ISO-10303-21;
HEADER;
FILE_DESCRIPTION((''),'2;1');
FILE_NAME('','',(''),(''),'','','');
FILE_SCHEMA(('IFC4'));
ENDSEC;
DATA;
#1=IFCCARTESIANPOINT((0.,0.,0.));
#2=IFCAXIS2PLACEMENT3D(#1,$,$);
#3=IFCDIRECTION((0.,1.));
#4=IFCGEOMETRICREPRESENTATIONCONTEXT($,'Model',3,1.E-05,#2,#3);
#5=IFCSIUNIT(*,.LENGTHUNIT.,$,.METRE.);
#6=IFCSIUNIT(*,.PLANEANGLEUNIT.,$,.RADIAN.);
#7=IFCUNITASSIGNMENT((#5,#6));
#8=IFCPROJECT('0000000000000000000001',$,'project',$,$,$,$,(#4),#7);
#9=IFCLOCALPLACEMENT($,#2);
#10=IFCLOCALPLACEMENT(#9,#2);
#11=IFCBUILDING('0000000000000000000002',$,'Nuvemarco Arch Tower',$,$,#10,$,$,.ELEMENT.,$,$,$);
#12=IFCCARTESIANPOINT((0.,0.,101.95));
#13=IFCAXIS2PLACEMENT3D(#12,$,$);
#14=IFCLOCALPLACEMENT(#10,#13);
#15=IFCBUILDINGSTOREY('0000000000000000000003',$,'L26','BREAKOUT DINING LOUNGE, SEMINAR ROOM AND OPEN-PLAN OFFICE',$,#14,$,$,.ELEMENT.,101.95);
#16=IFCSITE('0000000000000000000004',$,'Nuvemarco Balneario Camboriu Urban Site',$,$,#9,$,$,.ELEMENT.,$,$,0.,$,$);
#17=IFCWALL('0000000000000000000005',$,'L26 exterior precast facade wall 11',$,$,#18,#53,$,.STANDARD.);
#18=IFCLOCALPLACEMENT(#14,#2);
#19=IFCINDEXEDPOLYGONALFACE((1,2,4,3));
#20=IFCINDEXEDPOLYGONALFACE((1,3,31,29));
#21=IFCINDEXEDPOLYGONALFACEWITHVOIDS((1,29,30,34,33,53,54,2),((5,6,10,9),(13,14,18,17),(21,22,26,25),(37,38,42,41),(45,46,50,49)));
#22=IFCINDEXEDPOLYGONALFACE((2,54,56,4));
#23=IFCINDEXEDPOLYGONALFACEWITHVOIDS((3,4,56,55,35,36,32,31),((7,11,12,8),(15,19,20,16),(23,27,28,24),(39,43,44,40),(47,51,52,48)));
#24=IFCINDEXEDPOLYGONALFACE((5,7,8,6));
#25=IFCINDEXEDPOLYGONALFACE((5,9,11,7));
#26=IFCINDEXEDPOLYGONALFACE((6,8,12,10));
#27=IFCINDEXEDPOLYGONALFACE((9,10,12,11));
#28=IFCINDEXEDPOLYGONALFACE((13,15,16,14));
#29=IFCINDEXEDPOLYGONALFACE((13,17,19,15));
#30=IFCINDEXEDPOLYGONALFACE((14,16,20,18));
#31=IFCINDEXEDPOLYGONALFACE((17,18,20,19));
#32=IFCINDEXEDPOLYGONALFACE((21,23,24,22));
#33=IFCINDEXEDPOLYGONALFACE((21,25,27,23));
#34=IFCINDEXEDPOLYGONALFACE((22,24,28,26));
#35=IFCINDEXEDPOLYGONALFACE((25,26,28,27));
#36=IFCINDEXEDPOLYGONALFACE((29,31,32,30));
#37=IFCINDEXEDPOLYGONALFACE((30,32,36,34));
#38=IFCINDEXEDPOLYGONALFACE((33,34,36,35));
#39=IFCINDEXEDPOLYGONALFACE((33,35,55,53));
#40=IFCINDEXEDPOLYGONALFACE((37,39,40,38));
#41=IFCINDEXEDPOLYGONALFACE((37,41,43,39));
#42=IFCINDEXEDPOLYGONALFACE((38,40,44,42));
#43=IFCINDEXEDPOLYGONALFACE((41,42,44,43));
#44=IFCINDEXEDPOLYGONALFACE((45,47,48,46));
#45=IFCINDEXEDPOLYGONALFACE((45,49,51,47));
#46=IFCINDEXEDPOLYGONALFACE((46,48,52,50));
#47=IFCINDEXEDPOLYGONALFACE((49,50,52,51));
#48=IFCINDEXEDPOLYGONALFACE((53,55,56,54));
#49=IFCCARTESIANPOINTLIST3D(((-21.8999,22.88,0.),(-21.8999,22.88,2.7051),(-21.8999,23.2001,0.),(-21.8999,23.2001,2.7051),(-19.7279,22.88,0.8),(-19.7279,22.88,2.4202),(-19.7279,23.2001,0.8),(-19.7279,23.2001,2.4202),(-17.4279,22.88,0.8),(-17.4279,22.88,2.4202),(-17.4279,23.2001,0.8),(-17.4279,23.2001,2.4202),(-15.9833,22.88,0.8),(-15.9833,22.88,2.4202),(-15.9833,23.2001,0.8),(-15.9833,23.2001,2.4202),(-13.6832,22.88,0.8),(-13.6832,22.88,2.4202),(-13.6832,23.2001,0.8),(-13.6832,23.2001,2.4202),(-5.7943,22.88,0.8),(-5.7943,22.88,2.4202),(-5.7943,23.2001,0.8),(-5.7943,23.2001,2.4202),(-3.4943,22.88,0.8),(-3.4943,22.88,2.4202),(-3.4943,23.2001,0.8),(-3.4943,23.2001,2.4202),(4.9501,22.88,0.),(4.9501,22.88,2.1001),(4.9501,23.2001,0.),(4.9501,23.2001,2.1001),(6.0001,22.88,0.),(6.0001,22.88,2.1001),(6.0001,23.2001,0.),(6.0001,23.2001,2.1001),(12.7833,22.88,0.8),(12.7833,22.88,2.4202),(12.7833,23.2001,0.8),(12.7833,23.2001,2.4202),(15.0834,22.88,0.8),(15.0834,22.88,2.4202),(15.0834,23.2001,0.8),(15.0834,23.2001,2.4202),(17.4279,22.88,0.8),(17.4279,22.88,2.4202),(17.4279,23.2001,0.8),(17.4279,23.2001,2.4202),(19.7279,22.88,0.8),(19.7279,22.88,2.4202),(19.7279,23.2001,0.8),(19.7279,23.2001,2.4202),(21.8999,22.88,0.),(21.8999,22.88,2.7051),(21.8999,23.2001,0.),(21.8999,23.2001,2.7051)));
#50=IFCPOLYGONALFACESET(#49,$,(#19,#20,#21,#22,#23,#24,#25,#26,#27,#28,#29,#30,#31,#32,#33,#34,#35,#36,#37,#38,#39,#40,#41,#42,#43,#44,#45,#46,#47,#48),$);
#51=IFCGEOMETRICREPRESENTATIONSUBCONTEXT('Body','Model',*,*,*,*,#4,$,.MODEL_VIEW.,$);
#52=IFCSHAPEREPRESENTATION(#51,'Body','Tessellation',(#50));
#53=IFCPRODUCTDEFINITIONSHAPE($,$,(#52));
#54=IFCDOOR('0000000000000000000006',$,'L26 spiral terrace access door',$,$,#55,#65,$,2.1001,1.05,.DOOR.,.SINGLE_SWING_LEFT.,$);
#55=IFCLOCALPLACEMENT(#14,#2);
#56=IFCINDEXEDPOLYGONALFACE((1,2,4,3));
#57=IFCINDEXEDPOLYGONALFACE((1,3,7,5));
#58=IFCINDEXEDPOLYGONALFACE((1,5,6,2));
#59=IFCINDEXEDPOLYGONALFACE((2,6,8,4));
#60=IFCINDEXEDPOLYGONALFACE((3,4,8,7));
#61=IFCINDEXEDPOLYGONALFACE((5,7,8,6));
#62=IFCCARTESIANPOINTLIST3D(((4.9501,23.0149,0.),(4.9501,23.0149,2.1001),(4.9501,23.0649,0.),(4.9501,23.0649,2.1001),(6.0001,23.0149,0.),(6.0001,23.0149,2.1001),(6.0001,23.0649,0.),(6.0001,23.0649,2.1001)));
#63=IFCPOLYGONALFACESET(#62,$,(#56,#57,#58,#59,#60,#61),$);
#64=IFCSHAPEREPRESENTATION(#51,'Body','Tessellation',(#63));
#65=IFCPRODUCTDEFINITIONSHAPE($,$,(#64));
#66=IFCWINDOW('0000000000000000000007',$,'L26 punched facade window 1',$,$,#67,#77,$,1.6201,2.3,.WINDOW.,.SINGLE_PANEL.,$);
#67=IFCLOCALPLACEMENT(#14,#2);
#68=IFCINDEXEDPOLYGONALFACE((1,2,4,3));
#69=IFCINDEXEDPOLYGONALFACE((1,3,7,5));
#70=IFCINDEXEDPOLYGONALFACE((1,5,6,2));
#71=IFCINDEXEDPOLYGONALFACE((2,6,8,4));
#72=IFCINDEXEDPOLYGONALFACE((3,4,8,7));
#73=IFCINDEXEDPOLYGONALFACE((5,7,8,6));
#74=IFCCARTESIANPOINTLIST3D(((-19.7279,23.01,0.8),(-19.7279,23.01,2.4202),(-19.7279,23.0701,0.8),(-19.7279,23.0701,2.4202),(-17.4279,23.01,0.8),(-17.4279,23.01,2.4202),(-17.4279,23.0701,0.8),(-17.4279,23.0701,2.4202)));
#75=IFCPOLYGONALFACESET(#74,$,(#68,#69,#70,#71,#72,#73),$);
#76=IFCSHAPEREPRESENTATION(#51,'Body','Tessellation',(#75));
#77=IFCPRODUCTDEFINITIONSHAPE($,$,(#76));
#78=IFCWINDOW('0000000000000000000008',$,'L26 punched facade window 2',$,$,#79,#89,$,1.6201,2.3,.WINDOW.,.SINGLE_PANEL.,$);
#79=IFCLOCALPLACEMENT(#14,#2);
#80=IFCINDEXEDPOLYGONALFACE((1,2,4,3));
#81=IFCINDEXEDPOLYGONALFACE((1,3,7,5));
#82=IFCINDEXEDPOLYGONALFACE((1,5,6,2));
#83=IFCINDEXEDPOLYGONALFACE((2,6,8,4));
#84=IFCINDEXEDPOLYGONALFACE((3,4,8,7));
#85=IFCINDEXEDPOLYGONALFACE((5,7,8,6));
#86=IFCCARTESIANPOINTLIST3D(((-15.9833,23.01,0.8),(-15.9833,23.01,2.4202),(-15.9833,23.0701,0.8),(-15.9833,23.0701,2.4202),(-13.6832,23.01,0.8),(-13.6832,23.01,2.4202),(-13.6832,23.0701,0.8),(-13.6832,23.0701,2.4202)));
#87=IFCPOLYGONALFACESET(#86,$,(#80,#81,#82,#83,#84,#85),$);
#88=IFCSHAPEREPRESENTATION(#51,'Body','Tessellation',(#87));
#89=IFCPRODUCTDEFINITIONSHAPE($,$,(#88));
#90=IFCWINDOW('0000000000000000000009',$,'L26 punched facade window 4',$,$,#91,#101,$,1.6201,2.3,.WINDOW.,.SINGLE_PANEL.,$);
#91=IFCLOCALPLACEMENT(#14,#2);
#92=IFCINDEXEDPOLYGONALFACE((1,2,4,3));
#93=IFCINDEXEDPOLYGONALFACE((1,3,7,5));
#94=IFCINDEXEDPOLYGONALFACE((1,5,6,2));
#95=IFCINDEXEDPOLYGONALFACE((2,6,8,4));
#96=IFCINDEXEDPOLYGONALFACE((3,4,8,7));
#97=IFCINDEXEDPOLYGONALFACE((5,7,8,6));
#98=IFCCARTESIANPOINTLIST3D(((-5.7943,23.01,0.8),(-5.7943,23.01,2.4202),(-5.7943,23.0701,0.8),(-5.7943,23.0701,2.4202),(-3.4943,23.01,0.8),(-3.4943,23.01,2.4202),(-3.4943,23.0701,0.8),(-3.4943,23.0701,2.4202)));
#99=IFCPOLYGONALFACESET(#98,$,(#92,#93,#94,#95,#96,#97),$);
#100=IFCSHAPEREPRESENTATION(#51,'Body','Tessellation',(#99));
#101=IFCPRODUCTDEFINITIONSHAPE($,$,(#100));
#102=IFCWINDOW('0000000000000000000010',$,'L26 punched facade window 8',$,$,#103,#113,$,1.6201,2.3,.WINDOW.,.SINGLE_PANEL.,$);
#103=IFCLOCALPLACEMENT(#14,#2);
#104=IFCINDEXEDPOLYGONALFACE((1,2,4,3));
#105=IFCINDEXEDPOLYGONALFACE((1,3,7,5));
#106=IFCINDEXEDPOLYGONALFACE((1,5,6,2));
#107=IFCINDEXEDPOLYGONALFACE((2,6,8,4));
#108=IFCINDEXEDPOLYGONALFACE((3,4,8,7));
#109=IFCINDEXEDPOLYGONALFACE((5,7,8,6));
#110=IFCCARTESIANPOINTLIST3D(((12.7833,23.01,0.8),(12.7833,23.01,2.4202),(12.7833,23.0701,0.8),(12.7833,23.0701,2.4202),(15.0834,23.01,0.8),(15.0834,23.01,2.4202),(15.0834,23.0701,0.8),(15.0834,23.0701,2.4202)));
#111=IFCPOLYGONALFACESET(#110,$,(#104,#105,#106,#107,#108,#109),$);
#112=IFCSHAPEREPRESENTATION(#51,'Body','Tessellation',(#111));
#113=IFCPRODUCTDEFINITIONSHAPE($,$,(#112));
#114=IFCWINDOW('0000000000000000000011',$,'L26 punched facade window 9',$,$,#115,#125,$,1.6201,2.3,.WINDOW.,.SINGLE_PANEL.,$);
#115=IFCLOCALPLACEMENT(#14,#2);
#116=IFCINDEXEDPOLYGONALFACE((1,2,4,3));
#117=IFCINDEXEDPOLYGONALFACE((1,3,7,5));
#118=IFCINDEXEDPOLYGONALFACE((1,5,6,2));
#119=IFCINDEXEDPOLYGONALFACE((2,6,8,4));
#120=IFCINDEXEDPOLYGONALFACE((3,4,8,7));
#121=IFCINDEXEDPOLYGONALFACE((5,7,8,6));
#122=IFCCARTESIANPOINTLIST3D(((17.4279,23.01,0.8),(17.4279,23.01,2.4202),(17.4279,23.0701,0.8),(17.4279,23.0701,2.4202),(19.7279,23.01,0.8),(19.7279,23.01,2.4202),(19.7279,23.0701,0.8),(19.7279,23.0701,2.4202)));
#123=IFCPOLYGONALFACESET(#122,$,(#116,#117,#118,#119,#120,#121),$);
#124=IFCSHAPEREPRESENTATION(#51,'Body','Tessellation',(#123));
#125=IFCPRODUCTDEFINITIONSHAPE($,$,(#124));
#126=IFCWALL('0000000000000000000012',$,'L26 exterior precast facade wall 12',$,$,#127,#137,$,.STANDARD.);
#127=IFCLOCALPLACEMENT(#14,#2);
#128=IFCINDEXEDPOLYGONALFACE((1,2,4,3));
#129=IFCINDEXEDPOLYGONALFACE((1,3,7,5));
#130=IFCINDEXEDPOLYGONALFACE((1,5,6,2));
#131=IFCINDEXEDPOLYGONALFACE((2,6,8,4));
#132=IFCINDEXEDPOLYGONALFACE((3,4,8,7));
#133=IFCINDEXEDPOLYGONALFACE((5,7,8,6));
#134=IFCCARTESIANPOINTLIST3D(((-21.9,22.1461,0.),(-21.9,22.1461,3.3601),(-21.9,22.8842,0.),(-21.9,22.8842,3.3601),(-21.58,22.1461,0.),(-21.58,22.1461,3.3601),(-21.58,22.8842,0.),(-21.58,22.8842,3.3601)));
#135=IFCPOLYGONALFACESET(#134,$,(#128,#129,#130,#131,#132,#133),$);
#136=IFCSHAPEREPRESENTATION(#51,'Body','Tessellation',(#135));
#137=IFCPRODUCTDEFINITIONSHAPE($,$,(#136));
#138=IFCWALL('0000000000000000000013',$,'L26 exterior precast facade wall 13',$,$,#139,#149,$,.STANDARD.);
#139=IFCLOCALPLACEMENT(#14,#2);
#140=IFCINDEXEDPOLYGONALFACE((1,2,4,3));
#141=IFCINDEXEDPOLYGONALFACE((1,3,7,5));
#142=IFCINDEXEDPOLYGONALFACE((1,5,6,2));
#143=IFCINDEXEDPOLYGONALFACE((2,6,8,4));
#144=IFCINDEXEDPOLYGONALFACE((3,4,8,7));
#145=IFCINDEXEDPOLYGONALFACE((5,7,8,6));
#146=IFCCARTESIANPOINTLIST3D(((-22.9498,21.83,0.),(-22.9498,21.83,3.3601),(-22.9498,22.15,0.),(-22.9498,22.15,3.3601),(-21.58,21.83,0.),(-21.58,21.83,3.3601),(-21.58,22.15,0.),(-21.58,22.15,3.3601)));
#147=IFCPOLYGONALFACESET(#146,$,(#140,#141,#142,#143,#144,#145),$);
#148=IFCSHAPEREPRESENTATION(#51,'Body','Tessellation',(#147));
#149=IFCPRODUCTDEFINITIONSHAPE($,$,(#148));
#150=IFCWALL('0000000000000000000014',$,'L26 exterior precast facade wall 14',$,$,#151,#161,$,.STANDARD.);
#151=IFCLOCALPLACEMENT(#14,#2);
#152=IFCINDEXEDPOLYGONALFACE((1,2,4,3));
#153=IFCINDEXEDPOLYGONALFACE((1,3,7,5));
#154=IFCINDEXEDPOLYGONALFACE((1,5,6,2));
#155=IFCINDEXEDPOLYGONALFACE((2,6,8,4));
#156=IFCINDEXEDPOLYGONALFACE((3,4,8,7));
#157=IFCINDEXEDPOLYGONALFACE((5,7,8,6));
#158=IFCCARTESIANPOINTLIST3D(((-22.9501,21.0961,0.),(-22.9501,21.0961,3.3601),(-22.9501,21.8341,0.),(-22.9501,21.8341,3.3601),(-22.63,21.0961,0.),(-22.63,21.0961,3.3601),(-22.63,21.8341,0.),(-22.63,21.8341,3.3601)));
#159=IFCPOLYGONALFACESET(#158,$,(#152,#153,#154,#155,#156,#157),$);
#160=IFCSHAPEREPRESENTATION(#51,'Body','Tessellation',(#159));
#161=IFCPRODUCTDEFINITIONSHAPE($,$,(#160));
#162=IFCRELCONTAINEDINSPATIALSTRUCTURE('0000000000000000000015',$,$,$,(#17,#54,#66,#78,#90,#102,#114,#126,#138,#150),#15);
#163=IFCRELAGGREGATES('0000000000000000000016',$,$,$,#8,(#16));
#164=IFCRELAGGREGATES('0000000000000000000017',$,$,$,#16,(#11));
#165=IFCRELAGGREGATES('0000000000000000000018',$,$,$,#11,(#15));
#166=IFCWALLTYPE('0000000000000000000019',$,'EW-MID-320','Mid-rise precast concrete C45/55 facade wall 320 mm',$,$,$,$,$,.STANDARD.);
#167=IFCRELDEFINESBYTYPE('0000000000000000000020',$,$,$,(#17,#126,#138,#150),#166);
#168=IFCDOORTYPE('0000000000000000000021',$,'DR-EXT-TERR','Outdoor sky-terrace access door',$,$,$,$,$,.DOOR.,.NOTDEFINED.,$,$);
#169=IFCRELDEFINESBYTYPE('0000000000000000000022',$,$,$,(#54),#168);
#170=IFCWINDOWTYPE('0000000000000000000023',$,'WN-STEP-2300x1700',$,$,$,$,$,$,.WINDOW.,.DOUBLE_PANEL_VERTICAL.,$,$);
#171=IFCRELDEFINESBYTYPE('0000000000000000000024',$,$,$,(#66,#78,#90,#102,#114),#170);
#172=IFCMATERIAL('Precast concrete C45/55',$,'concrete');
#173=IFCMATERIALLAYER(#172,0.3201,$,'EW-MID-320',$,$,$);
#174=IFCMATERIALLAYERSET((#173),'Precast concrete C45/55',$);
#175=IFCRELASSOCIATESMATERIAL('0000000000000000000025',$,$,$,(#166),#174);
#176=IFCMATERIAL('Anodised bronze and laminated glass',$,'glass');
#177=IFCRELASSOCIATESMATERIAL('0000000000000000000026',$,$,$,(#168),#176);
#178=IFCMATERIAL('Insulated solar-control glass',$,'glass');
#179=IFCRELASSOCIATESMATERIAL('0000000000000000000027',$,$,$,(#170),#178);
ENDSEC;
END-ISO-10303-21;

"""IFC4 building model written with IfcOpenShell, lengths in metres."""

from ifc_helpers import new_model, si_unit, direction, frame, frame_2d, origin, place, context, subcontext, project, spatial, rectangle, extrude, source, transform, mapped, material, layer, layer_set, type_object, type_shapes, element, fill, save


model = new_model("IFC4")

# Units and contexts
model_context = context("Model", 3, precision=1e-05, world=origin(), true_north=direction((0.0, 1.0)))
body_context = subcontext(model_context, "Body", "Model", "MODEL_VIEW")
ifc_project = project(units=[si_unit("LENGTHUNIT", "METRE"), si_unit("PLANEANGLEUNIT", "RADIAN")], contexts=[model_context])

# Site, building, storey
site_placement = place(None, origin())
site = spatial("IfcSite", under=ifc_project, at=site_placement, Name="Nuvemarco Balneario Camboriu Urban Site", CompositionType="ELEMENT", RefElevation=0.0)
building_placement = place(site_placement, origin())
building = spatial("IfcBuilding", under=site, at=building_placement, Name="Nuvemarco Arch Tower", CompositionType="ELEMENT")
storey_placement = place(building_placement, frame((0.0, 0.0, 101.95)))
storey = spatial("IfcBuildingStorey", under=building, at=storey_placement, Name="L26", Description="BREAKOUT DINING LOUNGE, SEMINAR ROOM AND OPEN-PLAN OFFICE", CompositionType="ELEMENT", Elevation=101.95)

# Wall, openings, door, windows
ifc_material_1 = material(Name="Precast concrete C45/55", Category="concrete")
ifc_layer = layer(ifc_material_1, 0.3201, Name="EW-MID-320")
ifc_layer_set = layer_set([ifc_layer], Name="Precast concrete C45/55")
wall_type = type_object("IfcWallType", Name="EW-MID-320", Description="Mid-rise precast concrete C45/55 facade wall 320 mm", PredefinedType="STANDARD", material=ifc_layer_set)
wall_1_placement = place(storey_placement, frame((-21.8999, 23.04, 0.0), z_axis=(0.0, 0.0, 1.0), x_axis=(1.0, 0.0, 0.0)))
wall_1 = element("IfcWall", 1, at=wall_1_placement, inside=storey, type_object=wall_type, Name="L26 exterior precast facade wall 11", PredefinedType="STANDARD", context=body_context, shape_type="SweptSolid", body=[
    extrude(rectangle(XDim=43.7998, YDim=0.3201, at=frame_2d((21.8999, 0.0))), origin(), (0.0, 0.0, 1.0), 2.7051),
])
opening_1_placement = place(wall_1_placement, frame((26.8501, 0.0, 0.0)))
opening_1 = element("IfcOpeningElement", 2, at=opening_1_placement, cuts=wall_1, PredefinedType="OPENING", context=body_context, shape_type="SweptSolid", body=[
    extrude(rectangle(XDim=1.05, YDim=2.1001, at=frame_2d((0.5249, 1.05))), frame((0.0, 0.1699, 0.0), z_axis=(0.0, -1.0, 0.0), x_axis=(1.0, 0.0, 0.0)), (0.0, 0.0, 1.0), 0.3401),
])
opening_2_placement = place(wall_1_placement, frame((2.1721, 0.0, 0.8)))
opening_2 = element("IfcOpeningElement", 3, at=opening_2_placement, cuts=wall_1, PredefinedType="OPENING", context=body_context, shape_type="SweptSolid", body=[
    extrude(rectangle(XDim=2.3, YDim=1.6201, at=frame_2d((1.1499, 0.8101))), frame((0.0, 0.1699, 0.0), z_axis=(0.0, -1.0, 0.0), x_axis=(1.0, 0.0, 0.0)), (0.0, 0.0, 1.0), 0.3401),
])
opening_3_placement = place(wall_1_placement, frame((5.9167, 0.0, 0.8)))
opening_3 = element("IfcOpeningElement", 4, at=opening_3_placement, cuts=wall_1, PredefinedType="OPENING", context=body_context, shape_type="SweptSolid", body=[
    extrude(rectangle(XDim=2.3, YDim=1.6201, at=frame_2d((1.1499, 0.8101))), frame((0.0, 0.1699, 0.0), z_axis=(0.0, -1.0, 0.0), x_axis=(1.0, 0.0, 0.0)), (0.0, 0.0, 1.0), 0.3401),
])
opening_4_placement = place(wall_1_placement, frame((16.1057, 0.0, 0.8)))
opening_4 = element("IfcOpeningElement", 5, at=opening_4_placement, cuts=wall_1, PredefinedType="OPENING", context=body_context, shape_type="SweptSolid", body=[
    extrude(rectangle(XDim=2.3, YDim=1.6201, at=frame_2d((1.1499, 0.8101))), frame((0.0, 0.1699, 0.0), z_axis=(0.0, -1.0, 0.0), x_axis=(1.0, 0.0, 0.0)), (0.0, 0.0, 1.0), 0.3401),
])
opening_5_placement = place(wall_1_placement, frame((34.6833, 0.0, 0.8)))
opening_5 = element("IfcOpeningElement", 6, at=opening_5_placement, cuts=wall_1, PredefinedType="OPENING", context=body_context, shape_type="SweptSolid", body=[
    extrude(rectangle(XDim=2.3, YDim=1.6201, at=frame_2d((1.1499, 0.8101))), frame((0.0, 0.1699, 0.0), z_axis=(0.0, -1.0, 0.0), x_axis=(1.0, 0.0, 0.0)), (0.0, 0.0, 1.0), 0.3401),
])
opening_6_placement = place(wall_1_placement, frame((39.3279, 0.0, 0.8)))
opening_6 = element("IfcOpeningElement", 7, at=opening_6_placement, cuts=wall_1, PredefinedType="OPENING", context=body_context, shape_type="SweptSolid", body=[
    extrude(rectangle(XDim=2.3, YDim=1.6201, at=frame_2d((1.1499, 0.8101))), frame((0.0, 0.1699, 0.0), z_axis=(0.0, -1.0, 0.0), x_axis=(1.0, 0.0, 0.0)), (0.0, 0.0, 1.0), 0.3401),
])
ifc_material_2 = material(Name="Anodised bronze and laminated glass", Category="glass")
door_type = type_object("IfcDoorType", Name="DR-EXT-TERR", Description="Outdoor sky-terrace access door", OperationType="NOTDEFINED", PredefinedType="DOOR", material=ifc_material_2)
shared_shape_1 = source(origin(), body_context, "Body", "SweptSolid", [
    extrude(rectangle(XDim=1.05, YDim=2.1001, at=frame_2d((0.5249, 1.05))), frame((0.0, 0.0249, 0.0), z_axis=(0.0, -1.0, 0.0), x_axis=(1.0, 0.0, 0.0)), (0.0, 0.0, 1.0), 0.05),
])
type_shapes(door_type, [shared_shape_1])
door_placement = place(opening_1_placement, origin())
door = element("IfcDoor", 8, at=door_placement, inside=storey, type_object=door_type, Name="L26 spiral terrace access door", OperationType="SINGLE_SWING_LEFT", OverallHeight=2.1001, OverallWidth=1.05, PredefinedType="DOOR", context=body_context, shape_type="MappedRepresentation", body=[
    mapped(shared_shape_1, transform((0.0, 0.0, 0.0), scale=1.0)),
])
fill(opening_1, door)
ifc_material_3 = material(Name="Insulated solar-control glass", Category="glass")
window_type = type_object("IfcWindowType", Name="WN-STEP-2300x1700", PartitioningType="DOUBLE_PANEL_VERTICAL", PredefinedType="WINDOW", material=ifc_material_3)
shared_shape_2 = source(origin(), body_context, "Body", "SweptSolid", [
    extrude(rectangle(XDim=2.3, YDim=1.6201, at=frame_2d((1.1499, 0.8101))), frame((0.0, 0.03, 0.0), z_axis=(0.0, -1.0, 0.0), x_axis=(1.0, 0.0, 0.0)), (0.0, 0.0, 1.0), 0.0601),
])
type_shapes(window_type, [shared_shape_2])
window_1_placement = place(opening_2_placement, origin())
window_1 = element("IfcWindow", 9, at=window_1_placement, inside=storey, type_object=window_type, Name="L26 punched facade window 1", OverallHeight=1.6201, OverallWidth=2.3, PartitioningType="SINGLE_PANEL", PredefinedType="WINDOW", context=body_context, shape_type="MappedRepresentation", body=[
    mapped(shared_shape_2, transform((0.0, 0.0, 0.0), scale=1.0)),
])
fill(opening_2, window_1)
window_2_placement = place(opening_3_placement, origin())
window_2 = element("IfcWindow", 10, at=window_2_placement, inside=storey, type_object=window_type, Name="L26 punched facade window 2", OverallHeight=1.6201, OverallWidth=2.3, PartitioningType="SINGLE_PANEL", PredefinedType="WINDOW", context=body_context, shape_type="MappedRepresentation", body=[
    mapped(shared_shape_2, transform((0.0, 0.0, 0.0), scale=1.0)),
])
fill(opening_3, window_2)
window_3_placement = place(opening_4_placement, origin())
window_3 = element("IfcWindow", 11, at=window_3_placement, inside=storey, type_object=window_type, Name="L26 punched facade window 4", OverallHeight=1.6201, OverallWidth=2.3, PartitioningType="SINGLE_PANEL", PredefinedType="WINDOW", context=body_context, shape_type="MappedRepresentation", body=[
    mapped(shared_shape_2, transform((0.0, 0.0, 0.0), scale=1.0)),
])
fill(opening_4, window_3)
window_4_placement = place(opening_5_placement, origin())
window_4 = element("IfcWindow", 12, at=window_4_placement, inside=storey, type_object=window_type, Name="L26 punched facade window 8", OverallHeight=1.6201, OverallWidth=2.3, PartitioningType="SINGLE_PANEL", PredefinedType="WINDOW", context=body_context, shape_type="MappedRepresentation", body=[
    mapped(shared_shape_2, transform((0.0, 0.0, 0.0), scale=1.0)),
])
fill(opening_5, window_4)
window_5_placement = place(opening_6_placement, origin())
window_5 = element("IfcWindow", 13, at=window_5_placement, inside=storey, type_object=window_type, Name="L26 punched facade window 9", OverallHeight=1.6201, OverallWidth=2.3, PartitioningType="SINGLE_PANEL", PredefinedType="WINDOW", context=body_context, shape_type="MappedRepresentation", body=[
    mapped(shared_shape_2, transform((0.0, 0.0, 0.0), scale=1.0)),
])
fill(opening_6, window_5)

# Walls
wall_2_placement = place(storey_placement, frame((-21.74, 22.146, 0.0), z_axis=(0.0, 0.0, 1.0), x_axis=(0.0, 1.0, 0.0)))
element("IfcWall", 14, at=wall_2_placement, inside=storey, type_object=wall_type, Name="L26 exterior precast facade wall 12", PredefinedType="STANDARD", context=body_context, shape_type="SweptSolid", body=[
    extrude(rectangle(XDim=0.738, YDim=0.3201, at=frame_2d((0.3691, 0.0))), origin(), (0.0, 0.0, 1.0), 3.3601),
])
wall_3_placement = place(storey_placement, frame((-22.95, 21.99, 0.0), z_axis=(0.0, 0.0, 1.0), x_axis=(1.0, 0.0, 0.0)))
element("IfcWall", 15, at=wall_3_placement, inside=storey, type_object=wall_type, Name="L26 exterior precast facade wall 13", PredefinedType="STANDARD", context=body_context, shape_type="SweptSolid", body=[
    extrude(rectangle(XDim=1.3699, YDim=0.3201, at=frame_2d((0.6851, 0.0))), origin(), (0.0, 0.0, 1.0), 3.3601),
])
wall_4_placement = place(storey_placement, frame((-22.79, 21.0959, 0.0), z_axis=(0.0, 0.0, 1.0), x_axis=(0.0, 1.0, 0.0)))
element("IfcWall", 16, at=wall_4_placement, inside=storey, type_object=wall_type, Name="L26 exterior precast facade wall 14", PredefinedType="STANDARD", context=body_context, shape_type="SweptSolid", body=[
    extrude(rectangle(XDim=0.738, YDim=0.3201, at=frame_2d((0.3691, 0.0))), origin(), (0.0, 0.0, 1.0), 3.3601),
])

save(model, "model.ifc")
